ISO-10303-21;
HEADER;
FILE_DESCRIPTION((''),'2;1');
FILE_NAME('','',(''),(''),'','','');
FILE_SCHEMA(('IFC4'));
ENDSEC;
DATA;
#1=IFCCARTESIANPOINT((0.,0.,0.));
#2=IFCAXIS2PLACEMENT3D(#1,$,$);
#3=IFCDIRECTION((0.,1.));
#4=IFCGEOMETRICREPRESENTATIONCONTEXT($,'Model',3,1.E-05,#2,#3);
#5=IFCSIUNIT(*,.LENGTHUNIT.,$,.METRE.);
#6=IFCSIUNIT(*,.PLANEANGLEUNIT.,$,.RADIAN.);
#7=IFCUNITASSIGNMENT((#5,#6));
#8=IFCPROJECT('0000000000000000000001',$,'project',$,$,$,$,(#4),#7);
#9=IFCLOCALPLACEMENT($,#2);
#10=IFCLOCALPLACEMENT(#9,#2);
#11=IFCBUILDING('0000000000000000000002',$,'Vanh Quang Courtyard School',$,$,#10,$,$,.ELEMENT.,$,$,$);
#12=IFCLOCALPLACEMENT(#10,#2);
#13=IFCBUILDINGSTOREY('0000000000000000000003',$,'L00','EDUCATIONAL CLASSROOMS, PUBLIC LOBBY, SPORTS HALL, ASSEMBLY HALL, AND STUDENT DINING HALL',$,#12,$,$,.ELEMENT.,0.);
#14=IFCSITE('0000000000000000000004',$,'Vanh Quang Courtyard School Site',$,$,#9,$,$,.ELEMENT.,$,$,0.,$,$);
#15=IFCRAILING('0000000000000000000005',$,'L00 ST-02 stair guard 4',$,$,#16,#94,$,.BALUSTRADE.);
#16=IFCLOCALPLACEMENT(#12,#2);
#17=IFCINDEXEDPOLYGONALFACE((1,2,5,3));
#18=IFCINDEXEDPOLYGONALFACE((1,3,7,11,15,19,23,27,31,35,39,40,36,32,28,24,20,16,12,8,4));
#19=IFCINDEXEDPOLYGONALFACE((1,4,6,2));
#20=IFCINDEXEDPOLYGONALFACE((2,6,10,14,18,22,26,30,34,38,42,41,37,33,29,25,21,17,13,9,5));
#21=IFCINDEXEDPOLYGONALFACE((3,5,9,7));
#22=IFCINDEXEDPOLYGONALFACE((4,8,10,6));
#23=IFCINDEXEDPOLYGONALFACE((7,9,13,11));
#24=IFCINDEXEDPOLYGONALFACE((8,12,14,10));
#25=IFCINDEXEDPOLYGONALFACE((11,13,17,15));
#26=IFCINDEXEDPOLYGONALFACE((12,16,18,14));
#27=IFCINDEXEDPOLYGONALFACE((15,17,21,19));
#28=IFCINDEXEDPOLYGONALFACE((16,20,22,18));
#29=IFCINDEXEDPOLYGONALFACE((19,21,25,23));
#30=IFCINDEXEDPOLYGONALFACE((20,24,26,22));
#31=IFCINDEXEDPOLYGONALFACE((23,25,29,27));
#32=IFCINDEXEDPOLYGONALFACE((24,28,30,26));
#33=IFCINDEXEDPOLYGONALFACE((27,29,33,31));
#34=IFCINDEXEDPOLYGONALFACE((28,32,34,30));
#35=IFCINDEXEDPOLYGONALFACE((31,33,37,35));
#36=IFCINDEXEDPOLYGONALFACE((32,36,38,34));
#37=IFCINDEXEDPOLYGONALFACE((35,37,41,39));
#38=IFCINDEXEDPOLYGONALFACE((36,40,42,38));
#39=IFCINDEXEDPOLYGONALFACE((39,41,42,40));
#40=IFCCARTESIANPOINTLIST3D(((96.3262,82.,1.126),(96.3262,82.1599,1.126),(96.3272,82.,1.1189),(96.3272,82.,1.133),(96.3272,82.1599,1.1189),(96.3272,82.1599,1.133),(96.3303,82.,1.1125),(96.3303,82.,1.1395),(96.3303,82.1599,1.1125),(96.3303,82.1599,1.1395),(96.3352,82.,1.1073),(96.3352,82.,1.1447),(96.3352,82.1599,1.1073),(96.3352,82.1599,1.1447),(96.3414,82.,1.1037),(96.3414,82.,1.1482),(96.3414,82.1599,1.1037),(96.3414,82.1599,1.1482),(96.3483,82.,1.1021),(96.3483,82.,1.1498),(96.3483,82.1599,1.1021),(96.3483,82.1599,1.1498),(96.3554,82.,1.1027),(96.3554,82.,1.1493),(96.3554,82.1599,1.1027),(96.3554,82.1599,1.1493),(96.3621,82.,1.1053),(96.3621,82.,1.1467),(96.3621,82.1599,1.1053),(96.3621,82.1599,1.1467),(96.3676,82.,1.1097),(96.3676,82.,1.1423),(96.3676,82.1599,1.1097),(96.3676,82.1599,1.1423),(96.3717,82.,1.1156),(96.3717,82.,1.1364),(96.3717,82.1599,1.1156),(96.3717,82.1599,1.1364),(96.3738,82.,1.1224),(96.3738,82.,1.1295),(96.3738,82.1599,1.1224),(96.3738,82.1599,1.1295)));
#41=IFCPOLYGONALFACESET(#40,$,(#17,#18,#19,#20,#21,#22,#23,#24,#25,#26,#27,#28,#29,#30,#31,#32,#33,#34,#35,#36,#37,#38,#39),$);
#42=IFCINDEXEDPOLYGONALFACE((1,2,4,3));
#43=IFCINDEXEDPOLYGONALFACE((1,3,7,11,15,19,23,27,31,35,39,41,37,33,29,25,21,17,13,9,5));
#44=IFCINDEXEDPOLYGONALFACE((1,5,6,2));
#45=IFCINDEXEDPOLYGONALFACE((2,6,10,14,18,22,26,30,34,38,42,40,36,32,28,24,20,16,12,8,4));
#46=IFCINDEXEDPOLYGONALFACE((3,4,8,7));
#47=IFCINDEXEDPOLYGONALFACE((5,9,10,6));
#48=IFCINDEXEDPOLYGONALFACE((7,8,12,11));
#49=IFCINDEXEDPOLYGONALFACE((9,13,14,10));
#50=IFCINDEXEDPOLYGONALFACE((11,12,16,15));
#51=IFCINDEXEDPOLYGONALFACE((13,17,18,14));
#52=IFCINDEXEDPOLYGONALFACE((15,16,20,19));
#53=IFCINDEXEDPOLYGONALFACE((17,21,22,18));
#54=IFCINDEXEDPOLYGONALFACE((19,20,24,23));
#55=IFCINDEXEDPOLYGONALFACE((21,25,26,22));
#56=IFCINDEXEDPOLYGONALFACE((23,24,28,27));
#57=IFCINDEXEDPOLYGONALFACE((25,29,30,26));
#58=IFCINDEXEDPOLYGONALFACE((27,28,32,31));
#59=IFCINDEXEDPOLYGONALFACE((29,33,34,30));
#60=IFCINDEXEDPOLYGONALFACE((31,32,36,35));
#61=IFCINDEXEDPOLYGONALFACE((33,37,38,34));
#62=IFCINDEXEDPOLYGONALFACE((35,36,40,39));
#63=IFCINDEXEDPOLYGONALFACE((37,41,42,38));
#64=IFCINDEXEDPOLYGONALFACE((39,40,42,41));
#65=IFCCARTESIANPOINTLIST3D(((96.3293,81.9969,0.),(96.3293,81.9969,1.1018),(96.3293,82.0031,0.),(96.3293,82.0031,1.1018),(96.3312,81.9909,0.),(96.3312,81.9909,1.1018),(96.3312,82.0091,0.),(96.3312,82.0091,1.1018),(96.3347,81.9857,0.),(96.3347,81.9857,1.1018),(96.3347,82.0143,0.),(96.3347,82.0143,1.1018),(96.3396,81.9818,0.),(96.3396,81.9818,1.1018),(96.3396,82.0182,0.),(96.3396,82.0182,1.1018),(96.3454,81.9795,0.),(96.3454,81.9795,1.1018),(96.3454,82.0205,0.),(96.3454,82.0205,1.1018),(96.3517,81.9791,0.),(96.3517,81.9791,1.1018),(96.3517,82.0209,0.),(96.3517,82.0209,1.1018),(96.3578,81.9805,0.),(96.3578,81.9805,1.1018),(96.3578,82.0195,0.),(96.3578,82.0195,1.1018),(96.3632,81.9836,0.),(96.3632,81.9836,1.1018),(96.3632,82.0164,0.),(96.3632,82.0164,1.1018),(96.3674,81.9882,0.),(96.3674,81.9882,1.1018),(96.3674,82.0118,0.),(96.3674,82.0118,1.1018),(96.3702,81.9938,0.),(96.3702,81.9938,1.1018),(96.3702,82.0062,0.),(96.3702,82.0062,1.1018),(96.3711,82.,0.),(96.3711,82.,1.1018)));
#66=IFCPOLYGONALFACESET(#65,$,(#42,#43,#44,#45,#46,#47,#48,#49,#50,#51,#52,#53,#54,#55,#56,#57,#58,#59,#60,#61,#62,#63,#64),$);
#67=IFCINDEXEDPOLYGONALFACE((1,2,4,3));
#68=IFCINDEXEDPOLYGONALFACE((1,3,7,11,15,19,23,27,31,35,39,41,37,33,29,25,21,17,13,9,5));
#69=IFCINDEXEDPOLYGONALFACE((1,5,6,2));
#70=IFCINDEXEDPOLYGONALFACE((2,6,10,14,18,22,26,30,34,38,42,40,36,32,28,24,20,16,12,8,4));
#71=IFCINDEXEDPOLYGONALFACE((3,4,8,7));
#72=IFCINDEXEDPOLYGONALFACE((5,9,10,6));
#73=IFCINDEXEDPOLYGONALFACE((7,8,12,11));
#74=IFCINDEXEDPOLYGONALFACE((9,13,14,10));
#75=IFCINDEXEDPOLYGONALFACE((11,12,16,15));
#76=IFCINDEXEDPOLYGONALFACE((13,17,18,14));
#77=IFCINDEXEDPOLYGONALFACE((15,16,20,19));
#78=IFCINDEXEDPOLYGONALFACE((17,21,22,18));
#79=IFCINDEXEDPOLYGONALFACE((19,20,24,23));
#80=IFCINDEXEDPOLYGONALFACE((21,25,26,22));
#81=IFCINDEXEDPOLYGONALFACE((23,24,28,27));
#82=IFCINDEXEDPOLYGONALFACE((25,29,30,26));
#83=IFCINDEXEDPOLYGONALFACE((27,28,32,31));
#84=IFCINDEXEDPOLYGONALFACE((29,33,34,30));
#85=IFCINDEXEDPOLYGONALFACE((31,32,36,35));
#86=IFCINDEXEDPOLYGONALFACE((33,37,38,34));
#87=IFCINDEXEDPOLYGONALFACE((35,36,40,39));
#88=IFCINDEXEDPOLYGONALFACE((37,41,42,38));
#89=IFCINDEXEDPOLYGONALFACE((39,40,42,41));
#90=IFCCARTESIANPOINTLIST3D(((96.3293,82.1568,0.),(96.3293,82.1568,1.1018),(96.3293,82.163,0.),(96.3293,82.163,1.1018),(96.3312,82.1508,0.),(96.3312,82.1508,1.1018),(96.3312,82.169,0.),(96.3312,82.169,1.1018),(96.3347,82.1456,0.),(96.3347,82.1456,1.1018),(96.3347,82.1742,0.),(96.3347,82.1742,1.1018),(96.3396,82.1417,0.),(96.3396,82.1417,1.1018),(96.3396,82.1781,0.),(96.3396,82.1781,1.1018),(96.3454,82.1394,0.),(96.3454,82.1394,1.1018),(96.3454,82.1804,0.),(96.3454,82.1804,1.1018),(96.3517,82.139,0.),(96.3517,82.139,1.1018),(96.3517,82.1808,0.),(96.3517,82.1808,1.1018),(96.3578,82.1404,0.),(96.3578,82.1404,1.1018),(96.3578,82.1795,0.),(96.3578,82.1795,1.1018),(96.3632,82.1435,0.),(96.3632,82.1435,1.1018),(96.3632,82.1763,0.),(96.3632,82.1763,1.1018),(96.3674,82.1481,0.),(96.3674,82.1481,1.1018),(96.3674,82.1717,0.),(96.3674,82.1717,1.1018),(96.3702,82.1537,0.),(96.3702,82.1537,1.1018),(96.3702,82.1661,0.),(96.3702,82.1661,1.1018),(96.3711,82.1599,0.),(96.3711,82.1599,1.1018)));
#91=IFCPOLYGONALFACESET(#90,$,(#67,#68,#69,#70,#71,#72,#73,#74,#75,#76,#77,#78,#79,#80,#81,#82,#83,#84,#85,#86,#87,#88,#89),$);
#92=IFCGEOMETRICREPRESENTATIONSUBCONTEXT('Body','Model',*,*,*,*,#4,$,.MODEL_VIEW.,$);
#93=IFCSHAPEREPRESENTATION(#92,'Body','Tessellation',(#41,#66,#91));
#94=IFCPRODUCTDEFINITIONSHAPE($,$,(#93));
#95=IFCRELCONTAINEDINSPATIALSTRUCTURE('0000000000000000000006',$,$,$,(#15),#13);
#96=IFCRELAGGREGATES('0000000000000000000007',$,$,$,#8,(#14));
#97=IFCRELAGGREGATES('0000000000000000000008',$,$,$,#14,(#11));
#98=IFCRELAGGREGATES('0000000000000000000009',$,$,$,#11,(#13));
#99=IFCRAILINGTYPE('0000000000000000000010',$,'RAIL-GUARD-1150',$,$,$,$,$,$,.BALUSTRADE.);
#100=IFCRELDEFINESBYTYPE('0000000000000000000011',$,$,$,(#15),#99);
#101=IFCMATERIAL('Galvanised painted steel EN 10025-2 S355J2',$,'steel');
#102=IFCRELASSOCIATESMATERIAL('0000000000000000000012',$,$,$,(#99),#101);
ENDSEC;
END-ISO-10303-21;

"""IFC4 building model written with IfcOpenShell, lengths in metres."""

from ifc_helpers import new_model, si_unit, direction, frame, origin, origin_2d, place, context, subcontext, project, spatial, circle, extrude, material, type_object, element, save


model = new_model("IFC4")

# Units and contexts
model_context = context("Model", 3, precision=1e-05, world=origin(), true_north=direction((0.0, 1.0)))
body_context = subcontext(model_context, "Body", "Model", "MODEL_VIEW")
ifc_project = project(units=[si_unit("LENGTHUNIT", "METRE"), si_unit("PLANEANGLEUNIT", "RADIAN")], contexts=[model_context])

# Site, building, storey
site_placement = place(None, origin())
site = spatial("IfcSite", under=ifc_project, at=site_placement, Name="Vanh Quang Courtyard School Site", CompositionType="ELEMENT", RefElevation=0.0)
building_placement = place(site_placement, origin())
building = spatial("IfcBuilding", under=site, at=building_placement, Name="Vanh Quang Courtyard School", CompositionType="ELEMENT")
storey_placement = place(building_placement, origin())
storey = spatial("IfcBuildingStorey", under=building, at=storey_placement, Name="L00", Description="EDUCATIONAL CLASSROOMS, PUBLIC LOBBY, SPORTS HALL, ASSEMBLY HALL, AND STUDENT DINING HALL", CompositionType="ELEMENT", Elevation=0.0)

# Railing
ifc_material_1 = material(Name="Galvanised painted steel EN 10025-2 S355J2", Category="steel")
railing_type_1 = type_object("IfcRailingType", Name="RAIL-GUARD-1150", PredefinedType="BALUSTRADE", material=ifc_material_1)
railing_1_placement = place(storey_placement, frame((96.3501, 82.0, 0.0)))
element("IfcRailing", 1, at=railing_1_placement, inside=storey, type_object=railing_type_1, Name="L00 ST-02 stair guard 4", PredefinedType="BALUSTRADE", context=body_context, shape_type="SweptSolid", body=[
    extrude(circle(Radius=0.0239, at=origin_2d()), frame((0.0, 0.0, 1.126), z_axis=(0.0, 1.0, 0.0), x_axis=(-1.0, 0.0, 0.0)), (0.0, 0.0, 1.0), 0.1599),
    extrude(circle(Radius=0.021, at=origin_2d()), origin(), (0.0, 0.0, 1.0), 1.1018),
    extrude(circle(Radius=0.021, at=origin_2d()), frame((0.0, 0.1599, 0.0)), (0.0, 0.0, 1.0), 1.1018),
])

save(model, "model.ifc")
